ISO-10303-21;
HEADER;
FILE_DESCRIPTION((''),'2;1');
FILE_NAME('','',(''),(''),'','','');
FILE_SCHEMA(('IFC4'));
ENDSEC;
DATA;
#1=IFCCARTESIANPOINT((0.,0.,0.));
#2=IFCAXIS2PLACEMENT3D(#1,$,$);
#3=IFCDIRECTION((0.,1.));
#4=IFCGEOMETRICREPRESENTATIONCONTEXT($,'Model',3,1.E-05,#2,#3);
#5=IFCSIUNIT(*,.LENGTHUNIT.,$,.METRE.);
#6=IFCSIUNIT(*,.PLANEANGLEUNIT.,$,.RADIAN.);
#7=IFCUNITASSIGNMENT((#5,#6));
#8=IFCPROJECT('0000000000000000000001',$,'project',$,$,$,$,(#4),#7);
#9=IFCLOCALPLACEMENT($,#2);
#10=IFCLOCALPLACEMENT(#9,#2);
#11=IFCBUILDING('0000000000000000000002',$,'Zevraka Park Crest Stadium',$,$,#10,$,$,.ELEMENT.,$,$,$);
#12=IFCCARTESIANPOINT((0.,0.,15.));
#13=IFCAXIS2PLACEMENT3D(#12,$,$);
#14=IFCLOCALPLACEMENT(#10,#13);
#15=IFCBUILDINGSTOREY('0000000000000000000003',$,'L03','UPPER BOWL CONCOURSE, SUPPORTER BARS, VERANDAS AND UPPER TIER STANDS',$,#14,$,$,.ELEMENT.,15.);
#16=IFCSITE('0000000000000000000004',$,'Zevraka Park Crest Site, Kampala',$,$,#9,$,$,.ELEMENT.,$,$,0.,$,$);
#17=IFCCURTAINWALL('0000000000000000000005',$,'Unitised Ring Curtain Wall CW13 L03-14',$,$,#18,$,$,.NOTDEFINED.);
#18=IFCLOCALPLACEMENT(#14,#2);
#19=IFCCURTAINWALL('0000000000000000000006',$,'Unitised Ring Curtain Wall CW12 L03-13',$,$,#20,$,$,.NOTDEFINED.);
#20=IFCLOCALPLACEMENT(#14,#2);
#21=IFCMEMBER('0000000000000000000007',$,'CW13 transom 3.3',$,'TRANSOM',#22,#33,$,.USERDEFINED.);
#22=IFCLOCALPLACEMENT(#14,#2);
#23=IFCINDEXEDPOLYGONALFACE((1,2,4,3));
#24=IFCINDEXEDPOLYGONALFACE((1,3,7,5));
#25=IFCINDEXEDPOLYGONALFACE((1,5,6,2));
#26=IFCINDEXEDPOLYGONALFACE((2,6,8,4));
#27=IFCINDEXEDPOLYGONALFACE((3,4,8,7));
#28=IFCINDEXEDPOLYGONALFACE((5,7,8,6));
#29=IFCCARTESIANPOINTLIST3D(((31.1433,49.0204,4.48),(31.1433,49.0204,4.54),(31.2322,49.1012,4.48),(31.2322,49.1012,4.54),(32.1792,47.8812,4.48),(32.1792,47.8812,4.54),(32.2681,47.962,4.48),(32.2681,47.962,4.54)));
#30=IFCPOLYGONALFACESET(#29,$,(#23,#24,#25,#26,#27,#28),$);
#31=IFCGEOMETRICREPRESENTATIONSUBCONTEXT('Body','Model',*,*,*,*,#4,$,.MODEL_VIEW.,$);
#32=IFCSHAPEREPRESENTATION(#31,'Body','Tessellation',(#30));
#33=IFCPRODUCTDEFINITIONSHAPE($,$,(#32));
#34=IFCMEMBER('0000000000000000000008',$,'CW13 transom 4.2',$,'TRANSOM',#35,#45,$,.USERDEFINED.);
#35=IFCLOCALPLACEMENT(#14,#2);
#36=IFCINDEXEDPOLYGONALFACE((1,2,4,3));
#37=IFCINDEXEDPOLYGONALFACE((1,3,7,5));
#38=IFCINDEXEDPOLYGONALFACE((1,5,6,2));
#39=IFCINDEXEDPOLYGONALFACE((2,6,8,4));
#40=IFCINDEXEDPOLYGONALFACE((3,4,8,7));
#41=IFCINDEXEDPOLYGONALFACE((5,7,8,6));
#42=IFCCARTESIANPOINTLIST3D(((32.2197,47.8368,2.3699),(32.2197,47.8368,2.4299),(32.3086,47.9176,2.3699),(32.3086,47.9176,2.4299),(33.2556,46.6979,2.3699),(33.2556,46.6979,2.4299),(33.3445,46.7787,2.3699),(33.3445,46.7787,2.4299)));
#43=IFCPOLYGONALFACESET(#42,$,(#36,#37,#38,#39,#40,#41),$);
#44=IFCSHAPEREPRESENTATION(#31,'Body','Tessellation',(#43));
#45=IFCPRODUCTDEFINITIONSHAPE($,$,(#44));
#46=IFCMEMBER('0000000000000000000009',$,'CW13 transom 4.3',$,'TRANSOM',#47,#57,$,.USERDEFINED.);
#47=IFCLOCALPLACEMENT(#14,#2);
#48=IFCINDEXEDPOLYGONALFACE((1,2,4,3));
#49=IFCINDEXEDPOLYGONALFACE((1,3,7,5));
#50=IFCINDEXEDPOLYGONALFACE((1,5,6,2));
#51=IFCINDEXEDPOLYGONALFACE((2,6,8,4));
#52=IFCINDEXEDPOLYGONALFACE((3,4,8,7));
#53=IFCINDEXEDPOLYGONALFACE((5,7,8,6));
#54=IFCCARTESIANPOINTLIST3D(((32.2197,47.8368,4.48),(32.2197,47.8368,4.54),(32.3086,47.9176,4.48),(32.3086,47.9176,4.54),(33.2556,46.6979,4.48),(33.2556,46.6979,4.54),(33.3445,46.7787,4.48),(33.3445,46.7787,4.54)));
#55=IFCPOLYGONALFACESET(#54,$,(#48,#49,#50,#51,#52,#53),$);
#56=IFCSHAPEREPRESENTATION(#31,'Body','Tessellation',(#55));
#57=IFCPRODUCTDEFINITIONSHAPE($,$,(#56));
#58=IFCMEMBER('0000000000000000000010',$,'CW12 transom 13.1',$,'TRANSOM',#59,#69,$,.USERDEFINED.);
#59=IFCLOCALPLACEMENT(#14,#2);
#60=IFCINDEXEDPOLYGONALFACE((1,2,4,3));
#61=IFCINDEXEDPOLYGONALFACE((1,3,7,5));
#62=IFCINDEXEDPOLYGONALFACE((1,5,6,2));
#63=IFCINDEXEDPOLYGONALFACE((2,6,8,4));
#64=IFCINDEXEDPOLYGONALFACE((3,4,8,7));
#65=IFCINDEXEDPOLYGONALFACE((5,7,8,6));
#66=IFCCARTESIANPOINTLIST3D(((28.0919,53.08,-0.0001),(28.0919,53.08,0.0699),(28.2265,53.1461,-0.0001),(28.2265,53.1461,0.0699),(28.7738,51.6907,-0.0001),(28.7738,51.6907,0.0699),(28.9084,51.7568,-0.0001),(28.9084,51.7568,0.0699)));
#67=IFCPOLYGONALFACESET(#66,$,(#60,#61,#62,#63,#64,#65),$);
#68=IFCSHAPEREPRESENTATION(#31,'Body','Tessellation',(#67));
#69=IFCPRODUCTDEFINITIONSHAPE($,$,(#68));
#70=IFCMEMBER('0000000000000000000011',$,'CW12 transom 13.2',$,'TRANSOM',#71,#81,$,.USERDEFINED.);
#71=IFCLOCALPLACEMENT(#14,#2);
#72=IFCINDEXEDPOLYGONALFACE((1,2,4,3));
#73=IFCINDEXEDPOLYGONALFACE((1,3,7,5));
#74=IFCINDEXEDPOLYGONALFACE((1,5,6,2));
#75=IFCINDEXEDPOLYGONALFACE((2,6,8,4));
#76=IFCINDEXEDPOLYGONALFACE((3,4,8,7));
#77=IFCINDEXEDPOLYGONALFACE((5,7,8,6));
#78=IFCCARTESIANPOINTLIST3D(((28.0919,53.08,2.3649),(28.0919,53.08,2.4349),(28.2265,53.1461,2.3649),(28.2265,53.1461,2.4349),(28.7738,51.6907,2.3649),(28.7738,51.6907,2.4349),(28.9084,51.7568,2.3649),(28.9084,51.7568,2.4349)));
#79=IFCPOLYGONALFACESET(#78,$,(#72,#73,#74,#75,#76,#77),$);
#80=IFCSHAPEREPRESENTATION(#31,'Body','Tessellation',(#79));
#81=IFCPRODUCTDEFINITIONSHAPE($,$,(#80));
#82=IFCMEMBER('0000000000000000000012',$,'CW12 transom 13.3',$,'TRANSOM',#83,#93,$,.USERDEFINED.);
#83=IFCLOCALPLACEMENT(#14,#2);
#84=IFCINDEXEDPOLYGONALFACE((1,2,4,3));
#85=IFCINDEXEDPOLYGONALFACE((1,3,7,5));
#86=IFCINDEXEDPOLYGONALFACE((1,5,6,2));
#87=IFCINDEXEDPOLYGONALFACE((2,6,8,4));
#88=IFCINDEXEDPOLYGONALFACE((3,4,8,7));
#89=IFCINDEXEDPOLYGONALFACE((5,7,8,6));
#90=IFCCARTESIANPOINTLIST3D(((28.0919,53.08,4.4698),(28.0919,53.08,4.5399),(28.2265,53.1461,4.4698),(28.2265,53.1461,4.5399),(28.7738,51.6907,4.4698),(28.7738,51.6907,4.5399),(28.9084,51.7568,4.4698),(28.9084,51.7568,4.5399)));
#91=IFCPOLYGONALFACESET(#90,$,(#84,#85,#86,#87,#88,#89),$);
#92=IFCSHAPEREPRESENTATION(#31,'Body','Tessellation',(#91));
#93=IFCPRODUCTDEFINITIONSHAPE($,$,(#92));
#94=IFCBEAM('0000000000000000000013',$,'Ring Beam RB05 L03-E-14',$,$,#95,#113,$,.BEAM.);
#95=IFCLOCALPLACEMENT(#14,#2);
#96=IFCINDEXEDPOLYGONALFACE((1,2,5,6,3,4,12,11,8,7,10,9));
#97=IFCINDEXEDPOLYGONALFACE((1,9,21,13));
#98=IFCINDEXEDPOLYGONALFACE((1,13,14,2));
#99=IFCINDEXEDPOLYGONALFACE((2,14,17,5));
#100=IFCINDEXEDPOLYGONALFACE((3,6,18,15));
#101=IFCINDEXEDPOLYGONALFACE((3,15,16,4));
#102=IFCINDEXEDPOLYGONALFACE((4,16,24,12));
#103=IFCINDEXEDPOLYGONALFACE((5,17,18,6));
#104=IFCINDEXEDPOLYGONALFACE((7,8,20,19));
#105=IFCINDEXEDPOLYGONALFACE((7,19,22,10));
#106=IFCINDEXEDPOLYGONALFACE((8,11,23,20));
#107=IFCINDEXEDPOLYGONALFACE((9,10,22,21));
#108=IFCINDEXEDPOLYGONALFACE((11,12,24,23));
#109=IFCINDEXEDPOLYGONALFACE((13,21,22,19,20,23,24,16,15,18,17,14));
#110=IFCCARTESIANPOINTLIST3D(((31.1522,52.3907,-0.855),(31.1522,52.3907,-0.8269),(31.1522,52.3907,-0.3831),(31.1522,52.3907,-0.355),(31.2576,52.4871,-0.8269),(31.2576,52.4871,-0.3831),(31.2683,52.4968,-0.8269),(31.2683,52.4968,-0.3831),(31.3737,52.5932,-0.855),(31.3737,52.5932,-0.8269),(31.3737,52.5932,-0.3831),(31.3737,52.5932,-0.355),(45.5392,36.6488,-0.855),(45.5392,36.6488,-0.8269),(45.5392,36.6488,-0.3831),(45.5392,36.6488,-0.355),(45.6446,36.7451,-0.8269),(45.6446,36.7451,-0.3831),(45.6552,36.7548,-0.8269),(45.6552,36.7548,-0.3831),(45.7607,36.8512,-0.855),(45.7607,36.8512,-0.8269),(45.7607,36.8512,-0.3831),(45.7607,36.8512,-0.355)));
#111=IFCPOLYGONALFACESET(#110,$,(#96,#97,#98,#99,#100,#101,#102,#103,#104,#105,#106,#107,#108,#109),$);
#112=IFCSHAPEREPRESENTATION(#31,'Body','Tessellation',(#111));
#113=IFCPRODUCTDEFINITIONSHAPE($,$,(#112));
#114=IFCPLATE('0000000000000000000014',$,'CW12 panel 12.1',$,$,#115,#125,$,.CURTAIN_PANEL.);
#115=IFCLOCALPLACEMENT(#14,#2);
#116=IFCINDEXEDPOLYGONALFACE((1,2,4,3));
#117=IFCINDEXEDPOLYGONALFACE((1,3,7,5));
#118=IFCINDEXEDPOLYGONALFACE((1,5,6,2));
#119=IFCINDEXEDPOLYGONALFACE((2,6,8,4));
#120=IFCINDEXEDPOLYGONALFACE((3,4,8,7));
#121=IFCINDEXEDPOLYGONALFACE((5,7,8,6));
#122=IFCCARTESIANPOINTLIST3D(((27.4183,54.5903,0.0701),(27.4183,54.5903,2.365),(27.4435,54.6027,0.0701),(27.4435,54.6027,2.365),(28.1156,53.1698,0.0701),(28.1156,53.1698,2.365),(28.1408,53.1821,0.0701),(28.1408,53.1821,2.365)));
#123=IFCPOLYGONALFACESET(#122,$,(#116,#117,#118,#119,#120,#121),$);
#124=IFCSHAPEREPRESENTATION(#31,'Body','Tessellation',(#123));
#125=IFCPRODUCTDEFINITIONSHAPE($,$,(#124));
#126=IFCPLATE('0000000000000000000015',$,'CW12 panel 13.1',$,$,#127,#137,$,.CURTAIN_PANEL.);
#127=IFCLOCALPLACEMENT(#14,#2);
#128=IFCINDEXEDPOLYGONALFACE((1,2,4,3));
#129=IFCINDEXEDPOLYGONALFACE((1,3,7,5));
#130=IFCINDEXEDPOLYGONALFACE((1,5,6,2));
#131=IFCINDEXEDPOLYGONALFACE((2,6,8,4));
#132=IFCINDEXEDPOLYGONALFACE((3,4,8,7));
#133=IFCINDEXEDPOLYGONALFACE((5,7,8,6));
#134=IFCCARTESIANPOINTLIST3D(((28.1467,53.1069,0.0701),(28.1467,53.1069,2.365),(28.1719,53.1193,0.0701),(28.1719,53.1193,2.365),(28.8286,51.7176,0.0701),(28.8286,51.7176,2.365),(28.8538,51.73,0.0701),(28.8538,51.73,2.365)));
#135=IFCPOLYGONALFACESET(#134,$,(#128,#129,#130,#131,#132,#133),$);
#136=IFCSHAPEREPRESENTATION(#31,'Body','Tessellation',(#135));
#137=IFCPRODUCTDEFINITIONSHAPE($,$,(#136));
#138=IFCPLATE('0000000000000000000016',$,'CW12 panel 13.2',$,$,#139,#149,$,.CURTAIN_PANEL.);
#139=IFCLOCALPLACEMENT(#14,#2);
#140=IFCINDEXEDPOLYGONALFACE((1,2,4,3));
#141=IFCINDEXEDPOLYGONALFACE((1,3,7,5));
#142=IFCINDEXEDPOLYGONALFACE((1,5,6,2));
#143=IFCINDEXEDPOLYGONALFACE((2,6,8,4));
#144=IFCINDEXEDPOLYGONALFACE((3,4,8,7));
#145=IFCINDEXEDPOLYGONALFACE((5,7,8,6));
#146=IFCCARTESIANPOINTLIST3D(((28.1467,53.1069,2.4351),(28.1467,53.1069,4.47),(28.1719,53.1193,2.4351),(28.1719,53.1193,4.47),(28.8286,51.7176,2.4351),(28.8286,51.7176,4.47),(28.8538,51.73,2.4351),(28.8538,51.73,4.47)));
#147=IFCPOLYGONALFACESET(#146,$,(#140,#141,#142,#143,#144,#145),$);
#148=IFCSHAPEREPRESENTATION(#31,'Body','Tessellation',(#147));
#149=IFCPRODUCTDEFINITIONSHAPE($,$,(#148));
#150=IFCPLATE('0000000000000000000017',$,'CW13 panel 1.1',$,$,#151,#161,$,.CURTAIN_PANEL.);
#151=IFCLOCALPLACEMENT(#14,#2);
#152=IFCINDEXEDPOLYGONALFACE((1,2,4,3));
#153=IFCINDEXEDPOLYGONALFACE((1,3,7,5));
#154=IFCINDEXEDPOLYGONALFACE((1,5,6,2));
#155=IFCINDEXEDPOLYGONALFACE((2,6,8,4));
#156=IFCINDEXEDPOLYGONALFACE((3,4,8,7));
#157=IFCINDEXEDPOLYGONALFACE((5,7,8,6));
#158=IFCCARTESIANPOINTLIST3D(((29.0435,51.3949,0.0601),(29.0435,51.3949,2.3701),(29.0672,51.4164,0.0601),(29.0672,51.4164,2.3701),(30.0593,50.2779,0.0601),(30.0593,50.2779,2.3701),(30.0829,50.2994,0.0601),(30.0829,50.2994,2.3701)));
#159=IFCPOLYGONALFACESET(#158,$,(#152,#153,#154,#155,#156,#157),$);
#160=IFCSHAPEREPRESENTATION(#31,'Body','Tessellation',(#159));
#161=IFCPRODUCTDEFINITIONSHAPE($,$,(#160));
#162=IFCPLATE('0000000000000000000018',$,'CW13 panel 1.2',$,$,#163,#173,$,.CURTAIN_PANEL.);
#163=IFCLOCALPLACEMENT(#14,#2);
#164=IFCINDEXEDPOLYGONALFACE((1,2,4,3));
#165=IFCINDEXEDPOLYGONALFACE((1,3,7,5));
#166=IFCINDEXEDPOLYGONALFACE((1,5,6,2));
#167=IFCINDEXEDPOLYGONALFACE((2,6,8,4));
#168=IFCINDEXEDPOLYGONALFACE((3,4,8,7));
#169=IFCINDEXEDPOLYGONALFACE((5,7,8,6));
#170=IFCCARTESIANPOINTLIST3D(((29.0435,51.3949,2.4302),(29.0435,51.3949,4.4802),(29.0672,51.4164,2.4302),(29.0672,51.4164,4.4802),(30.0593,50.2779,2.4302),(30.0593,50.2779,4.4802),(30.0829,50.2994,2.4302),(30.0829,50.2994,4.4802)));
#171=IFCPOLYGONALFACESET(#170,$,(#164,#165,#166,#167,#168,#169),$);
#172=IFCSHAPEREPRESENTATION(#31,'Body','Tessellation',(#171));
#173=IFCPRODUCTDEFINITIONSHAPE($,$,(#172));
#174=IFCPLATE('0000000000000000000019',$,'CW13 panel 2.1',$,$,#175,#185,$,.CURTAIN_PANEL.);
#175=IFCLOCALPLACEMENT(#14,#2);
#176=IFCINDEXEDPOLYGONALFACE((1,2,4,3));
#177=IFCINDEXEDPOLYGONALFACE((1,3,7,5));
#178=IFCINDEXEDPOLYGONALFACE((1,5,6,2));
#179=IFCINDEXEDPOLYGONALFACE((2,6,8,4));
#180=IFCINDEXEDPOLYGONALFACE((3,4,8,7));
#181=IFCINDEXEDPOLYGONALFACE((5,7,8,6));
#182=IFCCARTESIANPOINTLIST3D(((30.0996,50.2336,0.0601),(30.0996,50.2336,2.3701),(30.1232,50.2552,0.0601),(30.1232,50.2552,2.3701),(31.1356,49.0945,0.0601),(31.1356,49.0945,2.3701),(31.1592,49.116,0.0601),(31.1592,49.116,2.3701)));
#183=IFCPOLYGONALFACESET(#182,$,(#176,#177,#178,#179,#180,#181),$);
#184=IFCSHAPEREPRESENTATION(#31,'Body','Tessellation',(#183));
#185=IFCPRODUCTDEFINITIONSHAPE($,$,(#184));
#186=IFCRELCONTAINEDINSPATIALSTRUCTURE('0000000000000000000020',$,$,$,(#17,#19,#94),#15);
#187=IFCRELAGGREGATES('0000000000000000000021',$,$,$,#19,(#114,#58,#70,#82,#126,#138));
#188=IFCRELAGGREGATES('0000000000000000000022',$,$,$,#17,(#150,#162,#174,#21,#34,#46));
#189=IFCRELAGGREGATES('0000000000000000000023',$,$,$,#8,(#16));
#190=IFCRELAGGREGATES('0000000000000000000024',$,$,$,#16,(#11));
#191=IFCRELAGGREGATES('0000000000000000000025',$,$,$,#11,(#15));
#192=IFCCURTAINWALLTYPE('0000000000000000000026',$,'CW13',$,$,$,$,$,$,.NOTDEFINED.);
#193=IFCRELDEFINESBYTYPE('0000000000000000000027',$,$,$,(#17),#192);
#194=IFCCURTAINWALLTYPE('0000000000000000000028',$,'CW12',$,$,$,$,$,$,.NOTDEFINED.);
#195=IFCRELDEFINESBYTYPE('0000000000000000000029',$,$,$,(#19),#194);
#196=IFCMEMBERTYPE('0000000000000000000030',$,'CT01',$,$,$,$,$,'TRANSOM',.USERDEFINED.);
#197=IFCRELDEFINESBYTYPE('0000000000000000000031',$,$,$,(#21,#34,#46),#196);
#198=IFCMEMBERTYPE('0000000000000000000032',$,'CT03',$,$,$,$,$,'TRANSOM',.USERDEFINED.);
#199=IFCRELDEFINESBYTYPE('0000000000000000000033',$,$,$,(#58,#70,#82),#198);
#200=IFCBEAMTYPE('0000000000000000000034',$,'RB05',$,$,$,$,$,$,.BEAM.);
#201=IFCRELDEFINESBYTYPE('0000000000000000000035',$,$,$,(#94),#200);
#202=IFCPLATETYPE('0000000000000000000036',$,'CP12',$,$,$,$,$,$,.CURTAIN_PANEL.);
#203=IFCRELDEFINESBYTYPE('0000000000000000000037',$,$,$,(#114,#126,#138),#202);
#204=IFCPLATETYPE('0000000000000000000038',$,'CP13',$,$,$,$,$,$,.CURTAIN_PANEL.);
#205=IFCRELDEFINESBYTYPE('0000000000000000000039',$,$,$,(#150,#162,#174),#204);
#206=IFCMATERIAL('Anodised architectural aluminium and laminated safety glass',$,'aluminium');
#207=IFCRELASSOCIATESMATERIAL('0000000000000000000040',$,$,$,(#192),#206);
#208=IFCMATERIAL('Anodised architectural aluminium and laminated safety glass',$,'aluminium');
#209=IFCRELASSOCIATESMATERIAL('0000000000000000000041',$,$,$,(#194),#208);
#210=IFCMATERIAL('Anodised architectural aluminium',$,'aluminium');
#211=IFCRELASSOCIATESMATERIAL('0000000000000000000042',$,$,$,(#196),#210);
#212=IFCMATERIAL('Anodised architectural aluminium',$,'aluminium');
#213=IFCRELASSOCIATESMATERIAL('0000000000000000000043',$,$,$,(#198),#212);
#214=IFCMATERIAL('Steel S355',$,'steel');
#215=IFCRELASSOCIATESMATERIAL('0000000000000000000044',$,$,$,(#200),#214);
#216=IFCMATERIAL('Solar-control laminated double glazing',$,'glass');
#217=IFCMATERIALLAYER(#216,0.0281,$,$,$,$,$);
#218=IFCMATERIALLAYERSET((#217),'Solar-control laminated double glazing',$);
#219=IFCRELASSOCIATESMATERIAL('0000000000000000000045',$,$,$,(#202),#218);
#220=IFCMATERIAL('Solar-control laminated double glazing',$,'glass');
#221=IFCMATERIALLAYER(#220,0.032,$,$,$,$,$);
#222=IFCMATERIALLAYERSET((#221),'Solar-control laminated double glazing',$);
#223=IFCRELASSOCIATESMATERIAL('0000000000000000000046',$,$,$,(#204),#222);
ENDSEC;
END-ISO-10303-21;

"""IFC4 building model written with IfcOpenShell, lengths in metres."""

from ifc_helpers import new_model, si_unit, direction, frame, origin, origin_2d, place, context, subcontext, project, spatial, rectangle, i_section, extrude, material, layer, layer_set, material_profile, profile_set, type_object, element, aggregate, save


model = new_model("IFC4")

# Units and contexts
model_context = context("Model", 3, precision=1e-05, world=origin(), true_north=direction((0.0, 1.0)))
body_context = subcontext(model_context, "Body", "Model", "MODEL_VIEW")
ifc_project = project(units=[si_unit("LENGTHUNIT", "METRE"), si_unit("PLANEANGLEUNIT", "RADIAN")], contexts=[model_context])

# Site, building, storey
site_placement = place(None, origin())
site = spatial("IfcSite", under=ifc_project, at=site_placement, Name="Zevraka Park Crest Site, Kampala", CompositionType="ELEMENT", RefElevation=0.0)
building_placement = place(site_placement, origin())
building = spatial("IfcBuilding", under=site, at=building_placement, Name="Zevraka Park Crest Stadium", CompositionType="ELEMENT")
storey_placement = place(building_placement, frame((0.0, 0.0, 15.0)))
storey = spatial("IfcBuildingStorey", under=building, at=storey_placement, Name="L03", Description="UPPER BOWL CONCOURSE, SUPPORTER BARS, VERANDAS AND UPPER TIER STANDS", CompositionType="ELEMENT", Elevation=15.0)

# Curtain walls
ifc_material_1 = material(Name="Anodised architectural aluminium and laminated safety glass", Category="aluminium")
curtain_wall_type_1 = type_object("IfcCurtainWallType", Name="CW13", PredefinedType="NOTDEFINED", material=ifc_material_1)
curtain_wall_1_placement = place(storey_placement, origin())
curtain_wall_1 = element("IfcCurtainWall", 1, at=curtain_wall_1_placement, inside=storey, type_object=curtain_wall_type_1, Name="Unitised Ring Curtain Wall CW13 L03-14", PredefinedType="NOTDEFINED")
ifc_material_2 = material(Name="Anodised architectural aluminium and laminated safety glass", Category="aluminium")
curtain_wall_type_2 = type_object("IfcCurtainWallType", Name="CW12", PredefinedType="NOTDEFINED", material=ifc_material_2)
curtain_wall_2_placement = place(storey_placement, origin())
curtain_wall_2 = element("IfcCurtainWall", 2, at=curtain_wall_2_placement, inside=storey, type_object=curtain_wall_type_2, Name="Unitised Ring Curtain Wall CW12 L03-13", PredefinedType="NOTDEFINED")

# Members
ifc_material_3 = material(Name="Anodised architectural aluminium", Category="aluminium")
ifc_material_profile_1 = material_profile(ifc_material_3, rectangle(XDim=0.1201, YDim=0.0601, at=origin_2d()), Name="ALU TRANSOM 120x60")
ifc_profile_set_1 = profile_set([ifc_material_profile_1], Name="Anodised architectural aluminium")
member_type_1 = type_object("IfcMemberType", Name="CT01", ElementType="TRANSOM", PredefinedType="USERDEFINED", material=ifc_profile_set_1)
member_1_placement = place(storey_placement, frame((31.1877, 49.0608, 4.51), z_axis=(0.672775, -0.739847, 0.0), x_axis=(0.739847, 0.672775, 0.0)))
member_1 = element("IfcMember", 3, at=member_1_placement, type_object=member_type_1, Name="CW13 transom 3.3", ObjectType="TRANSOM", PredefinedType="USERDEFINED", context=body_context, shape_type="SweptSolid", body=[
    extrude(rectangle(XDim=0.1201, YDim=0.0601, at=origin_2d()), origin(), (0.0, 0.0, 1.0), 1.5398),
])
member_2_placement = place(storey_placement, frame((32.2642, 47.8772, 2.3999), z_axis=(0.672854, -0.739775, 0.0), x_axis=(0.739775, 0.672854, 0.0)))
member_2 = element("IfcMember", 4, at=member_2_placement, type_object=member_type_1, Name="CW13 transom 4.2", ObjectType="TRANSOM", PredefinedType="USERDEFINED", context=body_context, shape_type="SweptSolid", body=[
    extrude(rectangle(XDim=0.1201, YDim=0.0601, at=origin_2d()), origin(), (0.0, 0.0, 1.0), 1.5396),
])
member_3_placement = place(storey_placement, frame((32.2642, 47.8772, 4.51), z_axis=(0.672854, -0.739775, 0.0), x_axis=(0.739775, 0.672854, 0.0)))
member_3 = element("IfcMember", 5, at=member_3_placement, type_object=member_type_1, Name="CW13 transom 4.3", ObjectType="TRANSOM", PredefinedType="USERDEFINED", context=body_context, shape_type="SweptSolid", body=[
    extrude(rectangle(XDim=0.1201, YDim=0.0601, at=origin_2d()), origin(), (0.0, 0.0, 1.0), 1.5396),
])
ifc_material_4 = material(Name="Anodised architectural aluminium", Category="aluminium")
ifc_material_profile_2 = material_profile(ifc_material_4, rectangle(XDim=0.1499, YDim=0.0701, at=origin_2d()), Name="ALU TRANSOM 150x70")
ifc_profile_set_2 = profile_set([ifc_material_profile_2], Name="Anodised architectural aluminium")
member_type_2 = type_object("IfcMemberType", Name="CT03", ElementType="TRANSOM", PredefinedType="USERDEFINED", material=ifc_profile_set_2)
member_4_placement = place(storey_placement, frame((28.1592, 53.113, 0.0349), z_axis=(0.440639, -0.897685, 0.0), x_axis=(0.897685, 0.440639, 0.0)))
member_4 = element("IfcMember", 6, at=member_4_placement, type_object=member_type_2, Name="CW12 transom 13.1", ObjectType="TRANSOM", PredefinedType="USERDEFINED", context=body_context, shape_type="SweptSolid", body=[
    extrude(rectangle(XDim=0.1499, YDim=0.0701, at=origin_2d()), origin(), (0.0, 0.0, 1.0), 1.5476),
])
member_5_placement = place(storey_placement, frame((28.1592, 53.113, 2.3999), z_axis=(0.440639, -0.897685, 0.0), x_axis=(0.897685, 0.440639, 0.0)))
member_5 = element("IfcMember", 7, at=member_5_placement, type_object=member_type_2, Name="CW12 transom 13.2", ObjectType="TRANSOM", PredefinedType="USERDEFINED", context=body_context, shape_type="SweptSolid", body=[
    extrude(rectangle(XDim=0.1499, YDim=0.0701, at=origin_2d()), origin(), (0.0, 0.0, 1.0), 1.5476),
])
member_6_placement = place(storey_placement, frame((28.1592, 53.113, 4.5049), z_axis=(0.440639, -0.897685, 0.0), x_axis=(0.897685, 0.440639, 0.0)))
member_6 = element("IfcMember", 8, at=member_6_placement, type_object=member_type_2, Name="CW12 transom 13.3", ObjectType="TRANSOM", PredefinedType="USERDEFINED", context=body_context, shape_type="SweptSolid", body=[
    extrude(rectangle(XDim=0.1499, YDim=0.0701, at=origin_2d()), origin(), (0.0, 0.0, 1.0), 1.5476),
])

# Beam
ifc_material_5 = material(Name="Steel S355", Category="steel")
ifc_material_profile_3 = material_profile(ifc_material_5, i_section(OverallWidth=0.3, OverallDepth=0.5, WebThickness=0.0144, FlangeThickness=0.0281, at=origin_2d()), Name="HEB 500")
ifc_profile_set_3 = profile_set([ifc_material_profile_3], Name="Steel S355")
beam_type = type_object("IfcBeamType", Name="RB05", PredefinedType="BEAM", material=ifc_profile_set_3)
beam_placement = place(storey_placement, frame((31.2629, 52.4919, -0.605), z_axis=(0.674624, -0.738161, 0.0), x_axis=(0.738161, 0.674624, 0.0)))
element("IfcBeam", 9, at=beam_placement, inside=storey, type_object=beam_type, Name="Ring Beam RB05 L03-E-14", PredefinedType="BEAM", context=body_context, shape_type="SweptSolid", body=[
    extrude(i_section(OverallWidth=0.3, OverallDepth=0.5, WebThickness=0.0144, FlangeThickness=0.0281, at=origin_2d()), origin(), (0.0, 0.0, 1.0), 21.3259),
])

# Plates
ifc_material_6 = material(Name="Solar-control laminated double glazing", Category="glass")
ifc_layer_1 = layer(ifc_material_6, 0.0281)
ifc_layer_set_1 = layer_set([ifc_layer_1], Name="Solar-control laminated double glazing")
plate_type_1 = type_object("IfcPlateType", Name="CP12", PredefinedType="CURTAIN_PANEL", material=ifc_layer_set_1)
plate_1_placement = place(storey_placement, frame((27.7795, 53.8862, 0.0701), z_axis=(0.0, 0.0, 1.0), x_axis=(0.440666, -0.897671, 0.0)))
plate_1 = element("IfcPlate", 10, at=plate_1_placement, type_object=plate_type_1, Name="CW12 panel 12.1", PredefinedType="CURTAIN_PANEL", context=body_context, shape_type="SweptSolid", body=[
    extrude(rectangle(XDim=1.5825, YDim=0.0281, at=origin_2d()), origin(), (0.0, 0.0, 1.0), 2.2949),
])
plate_2_placement = place(storey_placement, frame((28.5002, 52.4185, 0.0701), z_axis=(0.0, 0.0, 1.0), x_axis=(0.440666, -0.897671, 0.0)))
plate_2 = element("IfcPlate", 11, at=plate_2_placement, type_object=plate_type_1, Name="CW12 panel 13.1", PredefinedType="CURTAIN_PANEL", context=body_context, shape_type="SweptSolid", body=[
    extrude(rectangle(XDim=1.5476, YDim=0.0281, at=origin_2d()), origin(), (0.0, 0.0, 1.0), 2.2949),
])
plate_3_placement = place(storey_placement, frame((28.5002, 52.4185, 2.4351), z_axis=(0.0, 0.0, 1.0), x_axis=(0.440666, -0.897671, 0.0)))
plate_3 = element("IfcPlate", 12, at=plate_3_placement, type_object=plate_type_1, Name="CW12 panel 13.2", PredefinedType="CURTAIN_PANEL", context=body_context, shape_type="SweptSolid", body=[
    extrude(rectangle(XDim=1.5476, YDim=0.0281, at=origin_2d()), origin(), (0.0, 0.0, 1.0), 2.0349),
])
aggregate(curtain_wall_2, [plate_1, member_4, member_5, member_6, plate_2, plate_3])
ifc_material_7 = material(Name="Solar-control laminated double glazing", Category="glass")
ifc_layer_2 = layer(ifc_material_7, 0.032)
ifc_layer_set_2 = layer_set([ifc_layer_2], Name="Solar-control laminated double glazing")
plate_type_2 = type_object("IfcPlateType", Name="CP13", PredefinedType="CURTAIN_PANEL", material=ifc_layer_set_2)
plate_4_placement = place(storey_placement, frame((29.5632, 50.8472, 0.0601), z_axis=(0.0, 0.0, 1.0), x_axis=(0.672802, -0.739823, 0.0)))
plate_4 = element("IfcPlate", 13, at=plate_4_placement, type_object=plate_type_2, Name="CW13 panel 1.1", PredefinedType="CURTAIN_PANEL", context=body_context, shape_type="SweptSolid", body=[
    extrude(rectangle(XDim=1.5098, YDim=0.032, at=origin_2d()), origin(), (0.0, 0.0, 1.0), 2.3101),
])
plate_5_placement = place(storey_placement, frame((29.5632, 50.8472, 2.4302), z_axis=(0.0, 0.0, 1.0), x_axis=(0.672802, -0.739823, 0.0)))
plate_5 = element("IfcPlate", 14, at=plate_5_placement, type_object=plate_type_2, Name="CW13 panel 1.2", PredefinedType="CURTAIN_PANEL", context=body_context, shape_type="SweptSolid", body=[
    extrude(rectangle(XDim=1.5098, YDim=0.032, at=origin_2d()), origin(), (0.0, 0.0, 1.0), 2.05),
])
plate_6_placement = place(storey_placement, frame((30.6294, 49.6748, 0.0601), z_axis=(0.0, 0.0, 1.0), x_axis=(0.672802, -0.739823, 0.0)))
plate_6 = element("IfcPlate", 15, at=plate_6_placement, type_object=plate_type_2, Name="CW13 panel 2.1", PredefinedType="CURTAIN_PANEL", context=body_context, shape_type="SweptSolid", body=[
    extrude(rectangle(XDim=1.5398, YDim=0.032, at=origin_2d()), origin(), (0.0, 0.0, 1.0), 2.3101),
])
aggregate(curtain_wall_1, [plate_4, plate_5, plate_6, member_1, member_2, member_3])

save(model, "model.ifc")
